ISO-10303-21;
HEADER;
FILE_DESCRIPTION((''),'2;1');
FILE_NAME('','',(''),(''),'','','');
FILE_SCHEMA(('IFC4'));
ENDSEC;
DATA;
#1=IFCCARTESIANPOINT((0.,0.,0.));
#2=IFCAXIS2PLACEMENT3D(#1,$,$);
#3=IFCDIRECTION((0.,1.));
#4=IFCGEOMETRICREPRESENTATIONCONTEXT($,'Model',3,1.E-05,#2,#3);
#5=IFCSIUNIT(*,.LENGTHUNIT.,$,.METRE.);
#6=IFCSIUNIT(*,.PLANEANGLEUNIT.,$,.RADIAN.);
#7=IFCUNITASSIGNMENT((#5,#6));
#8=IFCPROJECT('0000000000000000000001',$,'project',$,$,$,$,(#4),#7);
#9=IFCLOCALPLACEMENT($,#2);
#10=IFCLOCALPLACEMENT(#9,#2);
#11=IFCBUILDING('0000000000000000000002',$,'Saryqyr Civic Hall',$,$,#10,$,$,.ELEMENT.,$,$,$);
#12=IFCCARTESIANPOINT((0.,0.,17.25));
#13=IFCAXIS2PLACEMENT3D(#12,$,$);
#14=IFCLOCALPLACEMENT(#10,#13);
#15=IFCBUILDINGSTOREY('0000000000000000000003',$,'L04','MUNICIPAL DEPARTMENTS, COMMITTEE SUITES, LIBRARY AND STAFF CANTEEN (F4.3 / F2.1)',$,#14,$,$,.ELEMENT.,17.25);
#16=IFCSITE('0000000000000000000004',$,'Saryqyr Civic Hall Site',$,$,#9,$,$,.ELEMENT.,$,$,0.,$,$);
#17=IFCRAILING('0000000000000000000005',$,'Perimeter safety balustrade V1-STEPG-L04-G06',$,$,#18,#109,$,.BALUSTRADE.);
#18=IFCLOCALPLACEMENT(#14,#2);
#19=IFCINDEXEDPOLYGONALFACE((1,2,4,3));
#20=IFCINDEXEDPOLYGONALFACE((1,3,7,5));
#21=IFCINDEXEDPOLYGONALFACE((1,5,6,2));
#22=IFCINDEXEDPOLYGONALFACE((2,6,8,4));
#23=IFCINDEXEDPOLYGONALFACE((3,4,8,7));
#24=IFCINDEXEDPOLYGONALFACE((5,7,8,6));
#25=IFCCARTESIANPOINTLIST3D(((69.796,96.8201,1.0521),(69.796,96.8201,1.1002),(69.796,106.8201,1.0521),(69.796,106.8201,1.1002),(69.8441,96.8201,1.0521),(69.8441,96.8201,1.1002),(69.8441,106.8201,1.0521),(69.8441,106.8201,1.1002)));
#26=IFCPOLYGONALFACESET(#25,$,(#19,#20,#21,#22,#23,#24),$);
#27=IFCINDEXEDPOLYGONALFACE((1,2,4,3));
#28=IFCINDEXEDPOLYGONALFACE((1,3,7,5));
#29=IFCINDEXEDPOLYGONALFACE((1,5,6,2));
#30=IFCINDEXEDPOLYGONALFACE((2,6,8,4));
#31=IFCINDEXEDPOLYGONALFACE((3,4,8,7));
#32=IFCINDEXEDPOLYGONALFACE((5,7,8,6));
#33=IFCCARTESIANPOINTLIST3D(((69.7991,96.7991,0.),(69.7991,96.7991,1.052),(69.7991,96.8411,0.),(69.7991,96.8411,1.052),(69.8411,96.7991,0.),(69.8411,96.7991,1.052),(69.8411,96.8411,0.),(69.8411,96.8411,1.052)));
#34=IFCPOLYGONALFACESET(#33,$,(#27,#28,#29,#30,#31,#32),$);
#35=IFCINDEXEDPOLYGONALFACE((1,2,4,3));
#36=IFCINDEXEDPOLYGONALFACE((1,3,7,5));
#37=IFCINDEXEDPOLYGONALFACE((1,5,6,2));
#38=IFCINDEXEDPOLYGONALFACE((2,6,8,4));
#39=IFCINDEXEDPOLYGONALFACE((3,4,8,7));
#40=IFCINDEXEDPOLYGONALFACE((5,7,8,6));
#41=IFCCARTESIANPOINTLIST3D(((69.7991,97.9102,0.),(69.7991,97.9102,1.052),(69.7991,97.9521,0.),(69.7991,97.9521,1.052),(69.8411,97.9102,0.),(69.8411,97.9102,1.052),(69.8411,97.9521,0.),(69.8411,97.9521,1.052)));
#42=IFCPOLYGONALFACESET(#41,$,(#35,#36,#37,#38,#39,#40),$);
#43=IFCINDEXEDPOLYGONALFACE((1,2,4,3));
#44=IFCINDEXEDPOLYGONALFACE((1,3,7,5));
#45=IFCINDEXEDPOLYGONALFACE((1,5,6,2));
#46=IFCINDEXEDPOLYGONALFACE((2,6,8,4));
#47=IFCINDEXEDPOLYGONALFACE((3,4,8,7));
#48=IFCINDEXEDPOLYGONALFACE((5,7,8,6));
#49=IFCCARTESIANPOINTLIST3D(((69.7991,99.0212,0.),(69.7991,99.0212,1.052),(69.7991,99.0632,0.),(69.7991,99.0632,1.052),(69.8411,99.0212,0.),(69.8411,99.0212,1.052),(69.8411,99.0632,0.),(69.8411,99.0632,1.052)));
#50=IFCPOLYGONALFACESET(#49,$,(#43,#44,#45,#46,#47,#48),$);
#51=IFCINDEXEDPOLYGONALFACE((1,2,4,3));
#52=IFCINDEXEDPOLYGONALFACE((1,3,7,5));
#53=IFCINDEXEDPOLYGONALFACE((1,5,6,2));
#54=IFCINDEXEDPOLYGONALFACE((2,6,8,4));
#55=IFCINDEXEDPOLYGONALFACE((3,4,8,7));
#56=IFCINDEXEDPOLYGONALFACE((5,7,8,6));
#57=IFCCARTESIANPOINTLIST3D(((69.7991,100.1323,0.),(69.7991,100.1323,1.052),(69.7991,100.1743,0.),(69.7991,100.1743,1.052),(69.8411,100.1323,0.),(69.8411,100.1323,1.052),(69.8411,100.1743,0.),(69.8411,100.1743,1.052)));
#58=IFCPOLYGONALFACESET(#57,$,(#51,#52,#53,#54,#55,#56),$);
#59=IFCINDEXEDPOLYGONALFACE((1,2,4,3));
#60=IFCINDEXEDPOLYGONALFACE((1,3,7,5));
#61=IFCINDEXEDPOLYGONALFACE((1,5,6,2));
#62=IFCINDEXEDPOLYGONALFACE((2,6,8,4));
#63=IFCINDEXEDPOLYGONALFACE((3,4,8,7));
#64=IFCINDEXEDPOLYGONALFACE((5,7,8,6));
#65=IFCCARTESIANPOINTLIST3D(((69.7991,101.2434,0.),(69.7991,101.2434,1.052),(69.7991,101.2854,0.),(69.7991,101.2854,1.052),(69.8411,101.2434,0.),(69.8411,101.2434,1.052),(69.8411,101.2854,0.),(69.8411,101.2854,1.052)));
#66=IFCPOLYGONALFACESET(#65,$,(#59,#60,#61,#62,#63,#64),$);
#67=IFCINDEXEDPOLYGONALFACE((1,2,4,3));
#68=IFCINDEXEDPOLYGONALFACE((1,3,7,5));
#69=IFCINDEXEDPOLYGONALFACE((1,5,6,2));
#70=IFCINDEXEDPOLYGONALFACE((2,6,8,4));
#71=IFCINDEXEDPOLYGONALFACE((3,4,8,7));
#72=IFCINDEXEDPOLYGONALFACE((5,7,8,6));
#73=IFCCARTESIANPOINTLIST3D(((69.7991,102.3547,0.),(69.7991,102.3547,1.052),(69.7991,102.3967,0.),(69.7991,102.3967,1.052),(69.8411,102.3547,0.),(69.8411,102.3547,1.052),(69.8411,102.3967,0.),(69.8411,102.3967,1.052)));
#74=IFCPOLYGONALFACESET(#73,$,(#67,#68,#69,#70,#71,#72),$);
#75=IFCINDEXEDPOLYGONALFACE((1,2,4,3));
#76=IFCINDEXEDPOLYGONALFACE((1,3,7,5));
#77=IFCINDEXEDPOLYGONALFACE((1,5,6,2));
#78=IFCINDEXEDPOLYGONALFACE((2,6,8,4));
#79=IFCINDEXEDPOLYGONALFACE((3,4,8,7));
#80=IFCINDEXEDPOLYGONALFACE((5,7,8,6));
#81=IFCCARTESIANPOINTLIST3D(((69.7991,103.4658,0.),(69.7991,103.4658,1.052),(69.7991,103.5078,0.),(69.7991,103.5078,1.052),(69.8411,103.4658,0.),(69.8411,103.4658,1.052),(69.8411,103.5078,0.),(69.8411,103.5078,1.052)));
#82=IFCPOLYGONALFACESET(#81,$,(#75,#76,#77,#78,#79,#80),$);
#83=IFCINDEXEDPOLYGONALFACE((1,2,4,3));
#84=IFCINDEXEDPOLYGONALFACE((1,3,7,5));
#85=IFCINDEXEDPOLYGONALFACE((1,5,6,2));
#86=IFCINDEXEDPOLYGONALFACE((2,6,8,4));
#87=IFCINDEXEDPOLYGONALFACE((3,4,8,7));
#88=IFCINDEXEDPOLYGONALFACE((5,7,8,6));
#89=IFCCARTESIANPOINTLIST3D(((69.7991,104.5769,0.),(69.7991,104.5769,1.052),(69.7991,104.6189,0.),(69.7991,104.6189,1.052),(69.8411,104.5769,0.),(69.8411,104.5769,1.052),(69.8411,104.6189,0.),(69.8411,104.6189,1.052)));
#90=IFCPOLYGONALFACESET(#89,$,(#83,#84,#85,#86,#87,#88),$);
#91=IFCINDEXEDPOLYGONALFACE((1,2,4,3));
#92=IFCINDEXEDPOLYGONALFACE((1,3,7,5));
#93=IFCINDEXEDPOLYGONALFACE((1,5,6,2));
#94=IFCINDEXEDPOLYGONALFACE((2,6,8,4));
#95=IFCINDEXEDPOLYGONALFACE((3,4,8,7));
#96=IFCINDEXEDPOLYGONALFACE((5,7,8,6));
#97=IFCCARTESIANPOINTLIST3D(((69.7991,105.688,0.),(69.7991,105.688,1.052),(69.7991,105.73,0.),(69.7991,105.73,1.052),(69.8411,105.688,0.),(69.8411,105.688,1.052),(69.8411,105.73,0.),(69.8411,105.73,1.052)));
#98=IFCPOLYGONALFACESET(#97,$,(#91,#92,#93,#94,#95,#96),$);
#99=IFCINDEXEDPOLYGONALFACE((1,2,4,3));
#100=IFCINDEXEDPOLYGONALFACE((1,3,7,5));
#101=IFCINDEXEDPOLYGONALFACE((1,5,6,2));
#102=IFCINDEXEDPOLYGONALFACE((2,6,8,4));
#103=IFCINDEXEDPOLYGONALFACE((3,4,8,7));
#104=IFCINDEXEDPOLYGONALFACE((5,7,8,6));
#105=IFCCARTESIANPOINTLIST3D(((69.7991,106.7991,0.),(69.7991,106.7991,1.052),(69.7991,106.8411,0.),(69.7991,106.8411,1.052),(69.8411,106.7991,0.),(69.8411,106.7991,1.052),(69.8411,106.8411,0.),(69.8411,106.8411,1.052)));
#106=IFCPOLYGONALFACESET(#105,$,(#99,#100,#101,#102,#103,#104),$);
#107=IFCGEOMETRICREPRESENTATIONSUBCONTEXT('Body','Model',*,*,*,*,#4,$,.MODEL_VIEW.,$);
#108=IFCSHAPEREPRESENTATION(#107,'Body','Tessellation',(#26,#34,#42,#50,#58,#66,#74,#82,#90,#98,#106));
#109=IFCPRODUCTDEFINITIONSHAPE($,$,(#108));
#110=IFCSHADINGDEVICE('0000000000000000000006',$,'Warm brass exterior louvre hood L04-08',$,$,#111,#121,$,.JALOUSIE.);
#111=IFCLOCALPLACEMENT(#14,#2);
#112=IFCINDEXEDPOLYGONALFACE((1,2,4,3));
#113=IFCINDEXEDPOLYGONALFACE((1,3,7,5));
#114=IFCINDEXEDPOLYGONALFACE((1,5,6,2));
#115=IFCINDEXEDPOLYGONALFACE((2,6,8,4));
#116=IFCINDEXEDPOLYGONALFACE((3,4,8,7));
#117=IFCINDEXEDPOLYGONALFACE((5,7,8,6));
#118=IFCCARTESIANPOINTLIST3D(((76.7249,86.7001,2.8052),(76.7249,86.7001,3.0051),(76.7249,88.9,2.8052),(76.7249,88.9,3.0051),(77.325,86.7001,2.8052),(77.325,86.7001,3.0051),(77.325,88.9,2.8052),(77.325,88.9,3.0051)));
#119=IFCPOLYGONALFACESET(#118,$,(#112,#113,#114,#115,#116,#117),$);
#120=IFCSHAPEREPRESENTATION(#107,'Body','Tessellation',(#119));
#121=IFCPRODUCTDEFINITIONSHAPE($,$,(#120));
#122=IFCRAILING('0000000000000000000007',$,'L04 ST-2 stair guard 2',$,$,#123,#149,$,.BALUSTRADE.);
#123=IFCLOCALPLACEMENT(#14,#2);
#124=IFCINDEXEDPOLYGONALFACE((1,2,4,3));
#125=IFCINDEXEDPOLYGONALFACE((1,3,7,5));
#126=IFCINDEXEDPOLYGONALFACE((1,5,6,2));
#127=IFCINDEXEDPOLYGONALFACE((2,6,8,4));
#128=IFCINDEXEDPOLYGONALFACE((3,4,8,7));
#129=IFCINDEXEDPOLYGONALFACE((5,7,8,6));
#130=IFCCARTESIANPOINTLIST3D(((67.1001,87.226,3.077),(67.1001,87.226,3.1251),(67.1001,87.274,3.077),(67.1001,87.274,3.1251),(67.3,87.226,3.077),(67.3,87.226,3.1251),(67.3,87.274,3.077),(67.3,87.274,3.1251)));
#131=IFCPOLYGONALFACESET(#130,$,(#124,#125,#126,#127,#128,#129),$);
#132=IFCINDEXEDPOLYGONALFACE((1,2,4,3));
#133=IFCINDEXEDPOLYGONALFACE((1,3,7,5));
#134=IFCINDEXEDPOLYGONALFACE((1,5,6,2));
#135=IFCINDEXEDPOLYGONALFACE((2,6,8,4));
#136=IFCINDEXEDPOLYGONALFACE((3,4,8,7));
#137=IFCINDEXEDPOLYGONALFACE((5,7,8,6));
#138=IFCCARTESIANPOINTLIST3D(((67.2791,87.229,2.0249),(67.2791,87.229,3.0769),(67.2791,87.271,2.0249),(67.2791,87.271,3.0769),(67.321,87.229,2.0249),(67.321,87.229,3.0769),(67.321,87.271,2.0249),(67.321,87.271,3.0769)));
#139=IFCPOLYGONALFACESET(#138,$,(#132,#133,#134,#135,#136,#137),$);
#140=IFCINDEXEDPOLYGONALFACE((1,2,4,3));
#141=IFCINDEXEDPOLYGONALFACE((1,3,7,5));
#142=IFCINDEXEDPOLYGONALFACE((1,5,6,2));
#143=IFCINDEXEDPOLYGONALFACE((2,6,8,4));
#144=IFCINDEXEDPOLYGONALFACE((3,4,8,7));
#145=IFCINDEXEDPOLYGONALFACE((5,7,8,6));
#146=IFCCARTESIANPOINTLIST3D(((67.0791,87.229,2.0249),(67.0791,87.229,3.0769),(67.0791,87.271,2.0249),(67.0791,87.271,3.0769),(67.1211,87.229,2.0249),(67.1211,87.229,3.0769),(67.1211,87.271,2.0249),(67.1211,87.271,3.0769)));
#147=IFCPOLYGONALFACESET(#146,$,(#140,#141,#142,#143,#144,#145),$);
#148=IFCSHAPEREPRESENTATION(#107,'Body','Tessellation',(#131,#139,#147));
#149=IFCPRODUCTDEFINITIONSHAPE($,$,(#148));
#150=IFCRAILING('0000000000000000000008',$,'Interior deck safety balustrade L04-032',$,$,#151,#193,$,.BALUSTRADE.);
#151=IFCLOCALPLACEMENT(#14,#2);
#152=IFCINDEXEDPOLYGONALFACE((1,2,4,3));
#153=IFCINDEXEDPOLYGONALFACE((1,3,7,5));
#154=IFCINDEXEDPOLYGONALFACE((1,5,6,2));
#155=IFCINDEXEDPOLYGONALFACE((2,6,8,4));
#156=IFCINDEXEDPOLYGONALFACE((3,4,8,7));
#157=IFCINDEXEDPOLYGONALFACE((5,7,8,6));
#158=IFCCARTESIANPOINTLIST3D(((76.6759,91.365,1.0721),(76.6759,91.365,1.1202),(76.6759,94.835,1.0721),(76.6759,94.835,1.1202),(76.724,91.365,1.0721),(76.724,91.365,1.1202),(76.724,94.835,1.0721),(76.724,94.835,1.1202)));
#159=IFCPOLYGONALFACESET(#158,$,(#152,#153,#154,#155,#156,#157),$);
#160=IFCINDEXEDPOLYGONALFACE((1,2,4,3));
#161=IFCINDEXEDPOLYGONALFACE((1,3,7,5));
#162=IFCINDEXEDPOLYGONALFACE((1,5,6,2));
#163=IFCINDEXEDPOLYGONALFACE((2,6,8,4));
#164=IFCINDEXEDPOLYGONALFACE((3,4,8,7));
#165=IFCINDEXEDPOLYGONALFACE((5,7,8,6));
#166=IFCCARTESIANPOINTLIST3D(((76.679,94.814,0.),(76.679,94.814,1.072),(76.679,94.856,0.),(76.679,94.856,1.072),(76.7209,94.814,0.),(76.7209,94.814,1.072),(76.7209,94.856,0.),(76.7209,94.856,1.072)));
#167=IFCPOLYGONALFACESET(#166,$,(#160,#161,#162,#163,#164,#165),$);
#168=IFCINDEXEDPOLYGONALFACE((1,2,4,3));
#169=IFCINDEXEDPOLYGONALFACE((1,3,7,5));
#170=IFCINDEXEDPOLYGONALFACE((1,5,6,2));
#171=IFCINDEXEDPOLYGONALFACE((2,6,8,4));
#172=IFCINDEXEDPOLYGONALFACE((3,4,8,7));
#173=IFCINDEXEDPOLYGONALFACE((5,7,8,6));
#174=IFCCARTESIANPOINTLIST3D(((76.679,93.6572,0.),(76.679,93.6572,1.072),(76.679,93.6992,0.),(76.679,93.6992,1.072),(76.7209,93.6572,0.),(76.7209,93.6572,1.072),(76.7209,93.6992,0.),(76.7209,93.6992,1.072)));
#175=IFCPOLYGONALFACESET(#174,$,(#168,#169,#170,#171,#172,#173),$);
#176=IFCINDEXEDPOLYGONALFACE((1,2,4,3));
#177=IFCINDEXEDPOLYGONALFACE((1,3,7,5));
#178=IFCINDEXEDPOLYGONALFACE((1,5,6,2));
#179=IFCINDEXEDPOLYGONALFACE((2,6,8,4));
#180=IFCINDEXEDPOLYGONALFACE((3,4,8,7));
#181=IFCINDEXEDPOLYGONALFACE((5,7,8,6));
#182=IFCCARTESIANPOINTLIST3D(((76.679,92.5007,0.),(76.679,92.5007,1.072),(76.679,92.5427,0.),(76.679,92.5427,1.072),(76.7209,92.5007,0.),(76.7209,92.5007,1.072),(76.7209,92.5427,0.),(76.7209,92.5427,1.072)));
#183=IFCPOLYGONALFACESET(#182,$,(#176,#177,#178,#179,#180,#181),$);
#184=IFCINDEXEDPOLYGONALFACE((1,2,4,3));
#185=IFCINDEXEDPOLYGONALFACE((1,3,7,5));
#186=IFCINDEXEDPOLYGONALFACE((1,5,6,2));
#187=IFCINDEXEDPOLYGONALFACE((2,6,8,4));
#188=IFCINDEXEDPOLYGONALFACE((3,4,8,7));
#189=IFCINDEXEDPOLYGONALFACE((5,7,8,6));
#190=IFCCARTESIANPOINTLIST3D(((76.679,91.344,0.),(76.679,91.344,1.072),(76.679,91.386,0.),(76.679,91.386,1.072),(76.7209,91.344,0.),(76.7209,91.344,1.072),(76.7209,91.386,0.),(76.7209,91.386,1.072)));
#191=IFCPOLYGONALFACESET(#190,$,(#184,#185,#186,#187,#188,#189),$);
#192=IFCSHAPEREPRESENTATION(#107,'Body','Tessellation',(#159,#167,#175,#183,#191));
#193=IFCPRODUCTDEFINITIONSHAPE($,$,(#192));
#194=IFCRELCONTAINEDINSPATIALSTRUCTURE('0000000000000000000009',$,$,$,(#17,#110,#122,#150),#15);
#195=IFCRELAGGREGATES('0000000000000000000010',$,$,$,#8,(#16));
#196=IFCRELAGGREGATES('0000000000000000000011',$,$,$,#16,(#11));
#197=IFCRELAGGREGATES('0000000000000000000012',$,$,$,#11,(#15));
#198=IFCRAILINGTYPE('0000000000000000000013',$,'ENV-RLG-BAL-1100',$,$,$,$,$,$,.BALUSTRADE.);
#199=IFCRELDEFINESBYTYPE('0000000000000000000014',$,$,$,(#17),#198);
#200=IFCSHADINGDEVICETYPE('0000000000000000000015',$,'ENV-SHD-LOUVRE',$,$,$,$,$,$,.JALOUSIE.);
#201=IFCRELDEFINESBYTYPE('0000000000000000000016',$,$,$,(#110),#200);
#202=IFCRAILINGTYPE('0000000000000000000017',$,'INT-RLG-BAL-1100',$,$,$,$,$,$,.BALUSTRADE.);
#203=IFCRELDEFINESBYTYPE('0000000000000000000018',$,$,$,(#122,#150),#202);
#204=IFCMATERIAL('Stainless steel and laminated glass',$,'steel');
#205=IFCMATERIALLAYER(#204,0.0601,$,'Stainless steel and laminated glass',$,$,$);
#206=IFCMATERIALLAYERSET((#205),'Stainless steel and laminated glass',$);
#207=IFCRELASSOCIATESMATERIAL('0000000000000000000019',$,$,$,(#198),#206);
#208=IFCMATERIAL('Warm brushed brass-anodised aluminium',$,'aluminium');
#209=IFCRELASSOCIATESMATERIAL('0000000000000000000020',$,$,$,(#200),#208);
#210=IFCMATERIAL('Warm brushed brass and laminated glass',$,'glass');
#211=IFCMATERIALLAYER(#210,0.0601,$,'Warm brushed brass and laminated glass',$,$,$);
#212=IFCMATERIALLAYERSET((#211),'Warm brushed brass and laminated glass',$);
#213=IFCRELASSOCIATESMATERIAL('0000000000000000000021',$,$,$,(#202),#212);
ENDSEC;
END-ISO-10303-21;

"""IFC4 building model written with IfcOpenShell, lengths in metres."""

from ifc_helpers import new_model, si_unit, direction, frame, origin, origin_2d, place, context, subcontext, project, spatial, rectangle, extrude, material, layer, layer_set, type_object, element, save


model = new_model("IFC4")

# Units and contexts
model_context = context("Model", 3, precision=1e-05, world=origin(), true_north=direction((0.0, 1.0)))
body_context = subcontext(model_context, "Body", "Model", "MODEL_VIEW")
ifc_project = project(units=[si_unit("LENGTHUNIT", "METRE"), si_unit("PLANEANGLEUNIT", "RADIAN")], contexts=[model_context])

# Site, building, storey
site_placement = place(None, origin())
site = spatial("IfcSite", under=ifc_project, at=site_placement, Name="Saryqyr Civic Hall Site", CompositionType="ELEMENT", RefElevation=0.0)
building_placement = place(site_placement, origin())
building = spatial("IfcBuilding", under=site, at=building_placement, Name="Saryqyr Civic Hall", CompositionType="ELEMENT")
storey_placement = place(building_placement, frame((0.0, 0.0, 17.25)))
storey = spatial("IfcBuildingStorey", under=building, at=storey_placement, Name="L04", Description="MUNICIPAL DEPARTMENTS, COMMITTEE SUITES, LIBRARY AND STAFF CANTEEN (F4.3 / F2.1)", CompositionType="ELEMENT", Elevation=17.25)

# Shared definitions
ifc_material_1 = material(Name="Warm brushed brass-anodised aluminium", Category="aluminium")

# Railing
ifc_material_2 = material(Name="Stainless steel and laminated glass", Category="steel")
ifc_layer_1 = layer(ifc_material_2, 0.0601, Name="Stainless steel and laminated glass")
ifc_layer_set_1 = layer_set([ifc_layer_1], Name="Stainless steel and laminated glass")
railing_type_1 = type_object("IfcRailingType", Name="ENV-RLG-BAL-1100", PredefinedType="BALUSTRADE", material=ifc_layer_set_1)
railing_1_placement = place(storey_placement, frame((69.8201, 96.8201, 0.0)))
element("IfcRailing", 1, at=railing_1_placement, inside=storey, type_object=railing_type_1, Name="Perimeter safety balustrade V1-STEPG-L04-G06", PredefinedType="BALUSTRADE", context=body_context, shape_type="SweptSolid", body=[
    extrude(rectangle(XDim=0.0481, YDim=0.0481, at=origin_2d()), frame((0.0, 0.0, 1.0762), z_axis=(0.0, 1.0, 0.0), x_axis=(-1.0, 0.0, 0.0)), (0.0, 0.0, 1.0), 10.0),
    extrude(rectangle(XDim=0.042, YDim=0.042, at=origin_2d()), origin(), (0.0, 0.0, 1.0), 1.052),
    extrude(rectangle(XDim=0.042, YDim=0.042, at=origin_2d()), frame((0.0, 1.1111, 0.0)), (0.0, 0.0, 1.0), 1.052),
    extrude(rectangle(XDim=0.042, YDim=0.042, at=origin_2d()), frame((0.0, 2.2222, 0.0)), (0.0, 0.0, 1.0), 1.052),
    extrude(rectangle(XDim=0.042, YDim=0.042, at=origin_2d()), frame((0.0, 3.3333, 0.0)), (0.0, 0.0, 1.0), 1.052),
    extrude(rectangle(XDim=0.042, YDim=0.042, at=origin_2d()), frame((0.0, 4.4443, 0.0)), (0.0, 0.0, 1.0), 1.052),
    extrude(rectangle(XDim=0.042, YDim=0.042, at=origin_2d()), frame((0.0, 5.5557, 0.0)), (0.0, 0.0, 1.0), 1.052),
    extrude(rectangle(XDim=0.042, YDim=0.042, at=origin_2d()), frame((0.0, 6.6667, 0.0)), (0.0, 0.0, 1.0), 1.052),
    extrude(rectangle(XDim=0.042, YDim=0.042, at=origin_2d()), frame((0.0, 7.7778, 0.0)), (0.0, 0.0, 1.0), 1.052),
    extrude(rectangle(XDim=0.042, YDim=0.042, at=origin_2d()), frame((0.0, 8.8889, 0.0)), (0.0, 0.0, 1.0), 1.052),
    extrude(rectangle(XDim=0.042, YDim=0.042, at=origin_2d()), frame((0.0, 10.0, 0.0)), (0.0, 0.0, 1.0), 1.052),
])

# Shading device
shading_device_type = type_object("IfcShadingDeviceType", Name="ENV-SHD-LOUVRE", PredefinedType="JALOUSIE", material=ifc_material_1)
shading_device_placement = place(storey_placement, frame((77.0249, 87.8, 2.8052), z_axis=(0.0, 0.0, 1.0), x_axis=(0.0, -1.0, 0.0)))
element("IfcShadingDevice", 2, at=shading_device_placement, inside=storey, type_object=shading_device_type, Name="Warm brass exterior louvre hood L04-08", PredefinedType="JALOUSIE", context=body_context, shape_type="SweptSolid", body=[
    extrude(rectangle(XDim=2.2, YDim=0.6001, at=origin_2d()), origin(), (0.0, 0.0, 1.0), 0.2),
])

# Railings
ifc_material_3 = material(Name="Warm brushed brass and laminated glass", Category="glass")
ifc_layer_2 = layer(ifc_material_3, 0.0601, Name="Warm brushed brass and laminated glass")
ifc_layer_set_2 = layer_set([ifc_layer_2], Name="Warm brushed brass and laminated glass")
railing_type_2 = type_object("IfcRailingType", Name="INT-RLG-BAL-1100", PredefinedType="BALUSTRADE", material=ifc_layer_set_2)
railing_2_placement = place(storey_placement, frame((67.3, 87.25, 2.0249)))
element("IfcRailing", 3, at=railing_2_placement, inside=storey, type_object=railing_type_2, Name="L04 ST-2 stair guard 2", PredefinedType="BALUSTRADE", context=body_context, shape_type="SweptSolid", body=[
    extrude(rectangle(XDim=0.0481, YDim=0.0481, at=origin_2d()), frame((0.0, 0.0, 1.0762), z_axis=(-1.0, 0.0, 0.0), x_axis=(0.0, -1.0, 0.0)), (0.0, 0.0, 1.0), 0.2),
    extrude(rectangle(XDim=0.042, YDim=0.042, at=origin_2d()), origin(), (0.0, 0.0, 1.0), 1.052),
    extrude(rectangle(XDim=0.042, YDim=0.042, at=origin_2d()), frame((-0.2, 0.0, 0.0)), (0.0, 0.0, 1.0), 1.052),
])
railing_3_placement = place(storey_placement, frame((76.7, 94.835, 0.0)))
element("IfcRailing", 4, at=railing_3_placement, inside=storey, type_object=railing_type_2, Name="Interior deck safety balustrade L04-032", PredefinedType="BALUSTRADE", context=body_context, shape_type="SweptSolid", body=[
    extrude(rectangle(XDim=0.0481, YDim=0.0481, at=origin_2d()), frame((0.0, 0.0, 1.0962), z_axis=(0.0, -1.0, 0.0), x_axis=(1.0, 0.0, 0.0)), (0.0, 0.0, 1.0), 3.47),
    extrude(rectangle(XDim=0.042, YDim=0.042, at=origin_2d()), origin(), (0.0, 0.0, 1.0), 1.072),
    extrude(rectangle(XDim=0.042, YDim=0.042, at=origin_2d()), frame((0.0, -1.1567, 0.0)), (0.0, 0.0, 1.0), 1.072),
    extrude(rectangle(XDim=0.042, YDim=0.042, at=origin_2d()), frame((0.0, -2.3132, 0.0)), (0.0, 0.0, 1.0), 1.072),
    extrude(rectangle(XDim=0.042, YDim=0.042, at=origin_2d()), frame((0.0, -3.47, 0.0)), (0.0, 0.0, 1.0), 1.072),
])

save(model, "model.ifc")
